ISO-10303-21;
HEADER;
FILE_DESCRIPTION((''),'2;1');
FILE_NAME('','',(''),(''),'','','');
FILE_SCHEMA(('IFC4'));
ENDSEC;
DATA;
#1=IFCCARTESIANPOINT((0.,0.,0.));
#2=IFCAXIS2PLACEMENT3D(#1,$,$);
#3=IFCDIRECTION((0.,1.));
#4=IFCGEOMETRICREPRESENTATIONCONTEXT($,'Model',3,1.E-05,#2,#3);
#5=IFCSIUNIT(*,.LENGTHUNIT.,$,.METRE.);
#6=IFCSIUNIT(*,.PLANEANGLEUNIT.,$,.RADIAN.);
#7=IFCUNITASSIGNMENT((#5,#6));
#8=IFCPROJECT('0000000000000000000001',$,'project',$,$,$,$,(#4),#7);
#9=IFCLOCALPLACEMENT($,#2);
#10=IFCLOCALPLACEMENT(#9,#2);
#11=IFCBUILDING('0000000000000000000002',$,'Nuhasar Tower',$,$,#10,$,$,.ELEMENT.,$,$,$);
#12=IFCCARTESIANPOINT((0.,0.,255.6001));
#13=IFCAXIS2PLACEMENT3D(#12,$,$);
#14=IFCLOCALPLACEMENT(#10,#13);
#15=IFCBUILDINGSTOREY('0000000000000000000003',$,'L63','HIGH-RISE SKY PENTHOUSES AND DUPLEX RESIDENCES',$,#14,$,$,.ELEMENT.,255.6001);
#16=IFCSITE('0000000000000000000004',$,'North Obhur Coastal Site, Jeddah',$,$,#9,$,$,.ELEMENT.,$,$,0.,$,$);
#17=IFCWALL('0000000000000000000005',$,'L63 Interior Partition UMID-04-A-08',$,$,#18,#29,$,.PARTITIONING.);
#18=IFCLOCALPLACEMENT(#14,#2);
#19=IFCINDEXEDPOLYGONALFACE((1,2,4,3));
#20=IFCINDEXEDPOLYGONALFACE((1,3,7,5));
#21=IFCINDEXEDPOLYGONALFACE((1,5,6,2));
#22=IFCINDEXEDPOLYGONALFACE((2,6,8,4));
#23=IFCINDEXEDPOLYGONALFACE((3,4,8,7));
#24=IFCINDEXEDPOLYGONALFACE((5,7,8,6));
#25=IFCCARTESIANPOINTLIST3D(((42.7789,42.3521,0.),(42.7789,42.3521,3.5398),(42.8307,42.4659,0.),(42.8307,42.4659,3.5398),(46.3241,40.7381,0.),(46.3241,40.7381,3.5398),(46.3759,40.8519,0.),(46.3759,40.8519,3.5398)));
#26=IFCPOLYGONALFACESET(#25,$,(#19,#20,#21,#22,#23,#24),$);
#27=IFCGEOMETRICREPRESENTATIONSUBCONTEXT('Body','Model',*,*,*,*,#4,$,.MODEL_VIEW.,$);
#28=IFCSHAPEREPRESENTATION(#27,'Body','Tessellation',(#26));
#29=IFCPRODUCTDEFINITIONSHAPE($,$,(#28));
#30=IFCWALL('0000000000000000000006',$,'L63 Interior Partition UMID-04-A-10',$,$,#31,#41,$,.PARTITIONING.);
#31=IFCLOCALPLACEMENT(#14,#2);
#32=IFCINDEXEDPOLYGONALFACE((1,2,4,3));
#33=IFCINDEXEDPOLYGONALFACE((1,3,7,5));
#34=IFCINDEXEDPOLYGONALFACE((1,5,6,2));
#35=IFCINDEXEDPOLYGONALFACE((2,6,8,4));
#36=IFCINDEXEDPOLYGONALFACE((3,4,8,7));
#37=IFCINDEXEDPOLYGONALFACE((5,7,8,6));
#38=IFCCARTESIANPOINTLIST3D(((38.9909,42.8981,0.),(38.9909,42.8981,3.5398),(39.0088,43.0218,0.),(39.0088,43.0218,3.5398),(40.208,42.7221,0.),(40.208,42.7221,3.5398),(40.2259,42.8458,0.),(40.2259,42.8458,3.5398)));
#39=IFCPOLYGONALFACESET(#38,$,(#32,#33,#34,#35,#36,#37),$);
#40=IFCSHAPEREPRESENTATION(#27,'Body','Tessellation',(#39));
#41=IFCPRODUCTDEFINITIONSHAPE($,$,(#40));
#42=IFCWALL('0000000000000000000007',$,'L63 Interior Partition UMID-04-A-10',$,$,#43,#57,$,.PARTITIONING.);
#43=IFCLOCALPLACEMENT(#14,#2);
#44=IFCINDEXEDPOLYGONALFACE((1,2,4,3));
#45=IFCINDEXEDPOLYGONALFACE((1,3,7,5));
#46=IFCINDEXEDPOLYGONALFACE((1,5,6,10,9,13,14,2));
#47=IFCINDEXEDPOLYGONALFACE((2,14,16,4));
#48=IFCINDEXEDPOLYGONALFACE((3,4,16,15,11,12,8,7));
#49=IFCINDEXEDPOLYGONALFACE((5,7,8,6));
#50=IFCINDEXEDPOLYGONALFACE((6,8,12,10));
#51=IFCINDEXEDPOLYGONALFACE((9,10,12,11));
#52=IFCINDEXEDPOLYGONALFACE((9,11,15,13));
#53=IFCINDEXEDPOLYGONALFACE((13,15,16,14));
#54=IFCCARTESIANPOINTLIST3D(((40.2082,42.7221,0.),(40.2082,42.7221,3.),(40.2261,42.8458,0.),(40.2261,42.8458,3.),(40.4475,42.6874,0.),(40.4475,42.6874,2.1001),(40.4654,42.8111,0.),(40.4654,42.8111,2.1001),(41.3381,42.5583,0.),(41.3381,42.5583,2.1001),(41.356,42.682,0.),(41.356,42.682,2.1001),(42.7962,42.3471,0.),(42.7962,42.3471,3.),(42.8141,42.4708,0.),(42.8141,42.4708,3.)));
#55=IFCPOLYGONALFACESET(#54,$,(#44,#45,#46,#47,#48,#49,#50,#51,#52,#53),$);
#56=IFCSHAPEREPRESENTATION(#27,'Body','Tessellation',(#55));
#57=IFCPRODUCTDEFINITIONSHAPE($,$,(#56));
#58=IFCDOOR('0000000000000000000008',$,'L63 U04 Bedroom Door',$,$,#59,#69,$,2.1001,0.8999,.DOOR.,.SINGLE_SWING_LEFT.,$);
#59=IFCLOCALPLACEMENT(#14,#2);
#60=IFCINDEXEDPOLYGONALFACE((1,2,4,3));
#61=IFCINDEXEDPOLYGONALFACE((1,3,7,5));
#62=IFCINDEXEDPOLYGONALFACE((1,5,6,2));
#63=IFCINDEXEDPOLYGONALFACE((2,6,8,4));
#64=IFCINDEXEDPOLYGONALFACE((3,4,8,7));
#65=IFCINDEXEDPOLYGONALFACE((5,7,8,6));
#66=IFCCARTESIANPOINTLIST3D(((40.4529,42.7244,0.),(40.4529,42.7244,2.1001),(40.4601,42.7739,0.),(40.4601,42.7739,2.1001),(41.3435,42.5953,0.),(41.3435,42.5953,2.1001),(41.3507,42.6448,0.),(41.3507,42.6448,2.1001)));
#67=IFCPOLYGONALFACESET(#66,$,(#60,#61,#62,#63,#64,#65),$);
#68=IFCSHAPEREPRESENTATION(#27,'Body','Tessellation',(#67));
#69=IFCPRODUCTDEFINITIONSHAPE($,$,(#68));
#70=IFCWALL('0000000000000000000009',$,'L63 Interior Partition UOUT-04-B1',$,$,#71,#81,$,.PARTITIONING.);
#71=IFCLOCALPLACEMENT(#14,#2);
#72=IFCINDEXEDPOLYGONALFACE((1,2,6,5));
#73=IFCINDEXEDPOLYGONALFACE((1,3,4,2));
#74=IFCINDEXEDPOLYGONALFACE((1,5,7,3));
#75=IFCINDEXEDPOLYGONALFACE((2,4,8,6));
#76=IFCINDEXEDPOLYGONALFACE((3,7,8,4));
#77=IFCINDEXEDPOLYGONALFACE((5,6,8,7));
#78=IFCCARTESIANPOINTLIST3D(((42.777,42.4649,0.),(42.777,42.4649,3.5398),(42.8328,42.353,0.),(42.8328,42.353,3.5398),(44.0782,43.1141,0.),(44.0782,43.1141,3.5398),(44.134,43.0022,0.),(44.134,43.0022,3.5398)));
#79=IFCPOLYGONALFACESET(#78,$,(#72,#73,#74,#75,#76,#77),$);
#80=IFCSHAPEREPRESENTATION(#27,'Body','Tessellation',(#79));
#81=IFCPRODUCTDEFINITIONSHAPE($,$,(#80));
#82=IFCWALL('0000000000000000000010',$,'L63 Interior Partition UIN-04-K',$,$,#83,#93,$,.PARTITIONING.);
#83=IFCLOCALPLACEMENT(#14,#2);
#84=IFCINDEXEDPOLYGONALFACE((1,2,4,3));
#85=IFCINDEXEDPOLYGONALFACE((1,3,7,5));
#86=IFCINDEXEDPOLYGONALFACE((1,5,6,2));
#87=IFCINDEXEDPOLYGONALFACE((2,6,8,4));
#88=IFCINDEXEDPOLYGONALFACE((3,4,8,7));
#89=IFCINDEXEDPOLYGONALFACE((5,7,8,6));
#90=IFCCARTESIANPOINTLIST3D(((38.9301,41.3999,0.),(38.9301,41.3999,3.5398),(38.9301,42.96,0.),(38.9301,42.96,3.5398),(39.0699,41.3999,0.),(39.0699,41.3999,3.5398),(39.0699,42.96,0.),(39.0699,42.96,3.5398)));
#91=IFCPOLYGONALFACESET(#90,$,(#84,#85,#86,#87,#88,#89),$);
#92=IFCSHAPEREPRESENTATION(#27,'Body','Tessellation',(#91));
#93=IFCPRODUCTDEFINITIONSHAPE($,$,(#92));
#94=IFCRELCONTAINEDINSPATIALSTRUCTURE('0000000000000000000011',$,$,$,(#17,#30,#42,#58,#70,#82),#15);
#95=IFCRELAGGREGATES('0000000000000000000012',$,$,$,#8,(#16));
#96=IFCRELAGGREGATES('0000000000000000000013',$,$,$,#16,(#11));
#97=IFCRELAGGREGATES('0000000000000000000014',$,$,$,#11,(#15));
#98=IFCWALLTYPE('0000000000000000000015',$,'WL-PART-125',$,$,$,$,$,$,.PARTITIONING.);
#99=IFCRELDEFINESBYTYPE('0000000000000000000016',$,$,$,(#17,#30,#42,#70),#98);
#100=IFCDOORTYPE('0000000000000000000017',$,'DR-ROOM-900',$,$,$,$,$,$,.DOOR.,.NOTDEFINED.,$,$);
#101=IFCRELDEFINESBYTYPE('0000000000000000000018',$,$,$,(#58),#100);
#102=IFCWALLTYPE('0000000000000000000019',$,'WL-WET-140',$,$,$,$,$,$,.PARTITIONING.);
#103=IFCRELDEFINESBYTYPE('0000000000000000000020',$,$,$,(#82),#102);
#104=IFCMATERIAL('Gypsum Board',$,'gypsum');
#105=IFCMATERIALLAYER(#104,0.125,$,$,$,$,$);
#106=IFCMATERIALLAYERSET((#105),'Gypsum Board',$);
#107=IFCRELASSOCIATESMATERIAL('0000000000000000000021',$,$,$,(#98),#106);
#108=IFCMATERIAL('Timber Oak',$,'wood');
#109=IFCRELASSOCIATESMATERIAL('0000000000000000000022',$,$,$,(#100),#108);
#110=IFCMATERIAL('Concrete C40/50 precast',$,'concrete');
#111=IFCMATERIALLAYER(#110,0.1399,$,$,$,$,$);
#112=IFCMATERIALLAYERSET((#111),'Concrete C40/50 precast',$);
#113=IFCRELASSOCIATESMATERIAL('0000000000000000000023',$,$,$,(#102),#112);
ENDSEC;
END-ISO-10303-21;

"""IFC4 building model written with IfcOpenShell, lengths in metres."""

from ifc_helpers import new_model, si_unit, direction, frame, frame_2d, origin, place, context, subcontext, project, spatial, rectangle, extrude, material, layer, layer_set, type_object, element, fill, save


model = new_model("IFC4")

# Units and contexts
model_context = context("Model", 3, precision=1e-05, world=origin(), true_north=direction((0.0, 1.0)))
body_context = subcontext(model_context, "Body", "Model", "MODEL_VIEW")
ifc_project = project(units=[si_unit("LENGTHUNIT", "METRE"), si_unit("PLANEANGLEUNIT", "RADIAN")], contexts=[model_context])

# Site, building, storey
site_placement = place(None, origin())
site = spatial("IfcSite", under=ifc_project, at=site_placement, Name="North Obhur Coastal Site, Jeddah", CompositionType="ELEMENT", RefElevation=0.0)
building_placement = place(site_placement, origin())
building = spatial("IfcBuilding", under=site, at=building_placement, Name="Nuhasar Tower", CompositionType="ELEMENT")
storey_placement = place(building_placement, frame((0.0, 0.0, 255.6001)))
storey = spatial("IfcBuildingStorey", under=building, at=storey_placement, Name="L63", Description="HIGH-RISE SKY PENTHOUSES AND DUPLEX RESIDENCES", CompositionType="ELEMENT", Elevation=255.6001)

# Shared definitions
ifc_material_1 = material(Name="Gypsum Board", Category="gypsum")
ifc_material_2 = material(Name="Timber Oak", Category="wood")

# Shared definitions
ifc_layer_1 = layer(ifc_material_1, 0.125)
ifc_layer_set_1 = layer_set([ifc_layer_1], Name="Gypsum Board")
wall_type_1 = type_object("IfcWallType", Name="WL-PART-125", PredefinedType="PARTITIONING", material=ifc_layer_set_1)
door_type_1 = type_object("IfcDoorType", Name="DR-ROOM-900", OperationType="NOTDEFINED", PredefinedType="DOOR", material=ifc_material_2)

# Walls
wall_1_placement = place(storey_placement, frame((46.3501, 40.7949, 0.0), z_axis=(0.0, 0.0, 1.0), x_axis=(-0.910117, 0.414351, 0.0)))
element("IfcWall", 1, at=wall_1_placement, inside=storey, type_object=wall_type_1, Name="L63 Interior Partition UMID-04-A-08", PredefinedType="PARTITIONING", context=body_context, shape_type="SweptSolid", body=[
    extrude(rectangle(XDim=3.8953, YDim=0.125, at=frame_2d((1.9478, 0.0))), origin(), (0.0, 0.0, 1.0), 3.5398),
])
wall_2_placement = place(storey_placement, frame((39.0, 42.96, 0.0), z_axis=(0.0, 0.0, 1.0), x_axis=(0.989702, -0.143144, 0.0)))
element("IfcWall", 2, at=wall_2_placement, inside=storey, type_object=wall_type_1, Name="L63 Interior Partition UMID-04-A-10", PredefinedType="PARTITIONING", context=body_context, shape_type="SweptSolid", body=[
    extrude(rectangle(XDim=1.2297, YDim=0.125, at=frame_2d((0.6147, 0.0))), origin(), (0.0, 0.0, 1.0), 3.5398),
])

# Wall, opening, door
wall_3_placement = place(storey_placement, frame((40.217, 42.7839, 0.0), z_axis=(0.0, 0.0, 1.0), x_axis=(0.989664, -0.143408, 0.0)))
wall_3 = element("IfcWall", 3, at=wall_3_placement, inside=storey, type_object=wall_type_1, Name="L63 Interior Partition UMID-04-A-10", PredefinedType="PARTITIONING", context=body_context, shape_type="SweptSolid", body=[
    extrude(rectangle(XDim=2.615, YDim=0.125, at=frame_2d((1.3076, 0.0))), origin(), (0.0, 0.0, 1.0), 3.0),
])
opening_1_placement = place(wall_3_placement, frame((0.2419, 0.0, 0.0)))
opening_1 = element("IfcOpeningElement", 4, at=opening_1_placement, cuts=wall_3, PredefinedType="OPENING", context=body_context, shape_type="SweptSolid", body=[
    extrude(rectangle(XDim=0.8999, YDim=2.1001, at=frame_2d((0.45, 1.05))), frame((0.0, 0.0725, 0.0), z_axis=(0.0, -1.0, 0.0), x_axis=(1.0, 0.0, 0.0)), (0.0, 0.0, 1.0), 0.145),
])
door_1_placement = place(opening_1_placement, origin())
door_1 = element("IfcDoor", 5, at=door_1_placement, inside=storey, type_object=door_type_1, Name="L63 U04 Bedroom Door", OperationType="SINGLE_SWING_LEFT", OverallHeight=2.1001, OverallWidth=0.8999, PredefinedType="DOOR", context=body_context, shape_type="SweptSolid", body=[
    extrude(rectangle(XDim=0.8999, YDim=2.1001, at=frame_2d((0.45, 1.05))), frame((0.0, 0.0249, 0.0), z_axis=(0.0, -1.0, 0.0), x_axis=(1.0, 0.0, 0.0)), (0.0, 0.0, 1.0), 0.05),
])
fill(opening_1, door_1)

# Walls
wall_4_placement = place(storey_placement, frame((42.8049, 42.4089, 0.0), z_axis=(0.0, 0.0, 1.0), x_axis=(0.894796, 0.446475, 0.0)))
element("IfcWall", 6, at=wall_4_placement, inside=storey, type_object=wall_type_1, Name="L63 Interior Partition UOUT-04-B1", PredefinedType="PARTITIONING", context=body_context, shape_type="SweptSolid", body=[
    extrude(rectangle(XDim=1.4541, YDim=0.125, at=frame_2d((0.7271, 0.0))), origin(), (0.0, 0.0, 1.0), 3.5398),
])
ifc_material_3 = material(Name="Concrete C40/50 precast", Category="concrete")
ifc_layer_2 = layer(ifc_material_3, 0.1399)
ifc_layer_set_2 = layer_set([ifc_layer_2], Name="Concrete C40/50 precast")
wall_type_2 = type_object("IfcWallType", Name="WL-WET-140", PredefinedType="PARTITIONING", material=ifc_layer_set_2)
wall_5_placement = place(storey_placement, frame((39.0, 41.3999, 0.0), z_axis=(0.0, 0.0, 1.0), x_axis=(0.0, 1.0, 0.0)))
element("IfcWall", 7, at=wall_5_placement, inside=storey, type_object=wall_type_2, Name="L63 Interior Partition UIN-04-K", PredefinedType="PARTITIONING", context=body_context, shape_type="SweptSolid", body=[
    extrude(rectangle(XDim=1.5601, YDim=0.1399, at=frame_2d((0.78, 0.0))), origin(), (0.0, 0.0, 1.0), 3.5398),
])

save(model, "model.ifc")
